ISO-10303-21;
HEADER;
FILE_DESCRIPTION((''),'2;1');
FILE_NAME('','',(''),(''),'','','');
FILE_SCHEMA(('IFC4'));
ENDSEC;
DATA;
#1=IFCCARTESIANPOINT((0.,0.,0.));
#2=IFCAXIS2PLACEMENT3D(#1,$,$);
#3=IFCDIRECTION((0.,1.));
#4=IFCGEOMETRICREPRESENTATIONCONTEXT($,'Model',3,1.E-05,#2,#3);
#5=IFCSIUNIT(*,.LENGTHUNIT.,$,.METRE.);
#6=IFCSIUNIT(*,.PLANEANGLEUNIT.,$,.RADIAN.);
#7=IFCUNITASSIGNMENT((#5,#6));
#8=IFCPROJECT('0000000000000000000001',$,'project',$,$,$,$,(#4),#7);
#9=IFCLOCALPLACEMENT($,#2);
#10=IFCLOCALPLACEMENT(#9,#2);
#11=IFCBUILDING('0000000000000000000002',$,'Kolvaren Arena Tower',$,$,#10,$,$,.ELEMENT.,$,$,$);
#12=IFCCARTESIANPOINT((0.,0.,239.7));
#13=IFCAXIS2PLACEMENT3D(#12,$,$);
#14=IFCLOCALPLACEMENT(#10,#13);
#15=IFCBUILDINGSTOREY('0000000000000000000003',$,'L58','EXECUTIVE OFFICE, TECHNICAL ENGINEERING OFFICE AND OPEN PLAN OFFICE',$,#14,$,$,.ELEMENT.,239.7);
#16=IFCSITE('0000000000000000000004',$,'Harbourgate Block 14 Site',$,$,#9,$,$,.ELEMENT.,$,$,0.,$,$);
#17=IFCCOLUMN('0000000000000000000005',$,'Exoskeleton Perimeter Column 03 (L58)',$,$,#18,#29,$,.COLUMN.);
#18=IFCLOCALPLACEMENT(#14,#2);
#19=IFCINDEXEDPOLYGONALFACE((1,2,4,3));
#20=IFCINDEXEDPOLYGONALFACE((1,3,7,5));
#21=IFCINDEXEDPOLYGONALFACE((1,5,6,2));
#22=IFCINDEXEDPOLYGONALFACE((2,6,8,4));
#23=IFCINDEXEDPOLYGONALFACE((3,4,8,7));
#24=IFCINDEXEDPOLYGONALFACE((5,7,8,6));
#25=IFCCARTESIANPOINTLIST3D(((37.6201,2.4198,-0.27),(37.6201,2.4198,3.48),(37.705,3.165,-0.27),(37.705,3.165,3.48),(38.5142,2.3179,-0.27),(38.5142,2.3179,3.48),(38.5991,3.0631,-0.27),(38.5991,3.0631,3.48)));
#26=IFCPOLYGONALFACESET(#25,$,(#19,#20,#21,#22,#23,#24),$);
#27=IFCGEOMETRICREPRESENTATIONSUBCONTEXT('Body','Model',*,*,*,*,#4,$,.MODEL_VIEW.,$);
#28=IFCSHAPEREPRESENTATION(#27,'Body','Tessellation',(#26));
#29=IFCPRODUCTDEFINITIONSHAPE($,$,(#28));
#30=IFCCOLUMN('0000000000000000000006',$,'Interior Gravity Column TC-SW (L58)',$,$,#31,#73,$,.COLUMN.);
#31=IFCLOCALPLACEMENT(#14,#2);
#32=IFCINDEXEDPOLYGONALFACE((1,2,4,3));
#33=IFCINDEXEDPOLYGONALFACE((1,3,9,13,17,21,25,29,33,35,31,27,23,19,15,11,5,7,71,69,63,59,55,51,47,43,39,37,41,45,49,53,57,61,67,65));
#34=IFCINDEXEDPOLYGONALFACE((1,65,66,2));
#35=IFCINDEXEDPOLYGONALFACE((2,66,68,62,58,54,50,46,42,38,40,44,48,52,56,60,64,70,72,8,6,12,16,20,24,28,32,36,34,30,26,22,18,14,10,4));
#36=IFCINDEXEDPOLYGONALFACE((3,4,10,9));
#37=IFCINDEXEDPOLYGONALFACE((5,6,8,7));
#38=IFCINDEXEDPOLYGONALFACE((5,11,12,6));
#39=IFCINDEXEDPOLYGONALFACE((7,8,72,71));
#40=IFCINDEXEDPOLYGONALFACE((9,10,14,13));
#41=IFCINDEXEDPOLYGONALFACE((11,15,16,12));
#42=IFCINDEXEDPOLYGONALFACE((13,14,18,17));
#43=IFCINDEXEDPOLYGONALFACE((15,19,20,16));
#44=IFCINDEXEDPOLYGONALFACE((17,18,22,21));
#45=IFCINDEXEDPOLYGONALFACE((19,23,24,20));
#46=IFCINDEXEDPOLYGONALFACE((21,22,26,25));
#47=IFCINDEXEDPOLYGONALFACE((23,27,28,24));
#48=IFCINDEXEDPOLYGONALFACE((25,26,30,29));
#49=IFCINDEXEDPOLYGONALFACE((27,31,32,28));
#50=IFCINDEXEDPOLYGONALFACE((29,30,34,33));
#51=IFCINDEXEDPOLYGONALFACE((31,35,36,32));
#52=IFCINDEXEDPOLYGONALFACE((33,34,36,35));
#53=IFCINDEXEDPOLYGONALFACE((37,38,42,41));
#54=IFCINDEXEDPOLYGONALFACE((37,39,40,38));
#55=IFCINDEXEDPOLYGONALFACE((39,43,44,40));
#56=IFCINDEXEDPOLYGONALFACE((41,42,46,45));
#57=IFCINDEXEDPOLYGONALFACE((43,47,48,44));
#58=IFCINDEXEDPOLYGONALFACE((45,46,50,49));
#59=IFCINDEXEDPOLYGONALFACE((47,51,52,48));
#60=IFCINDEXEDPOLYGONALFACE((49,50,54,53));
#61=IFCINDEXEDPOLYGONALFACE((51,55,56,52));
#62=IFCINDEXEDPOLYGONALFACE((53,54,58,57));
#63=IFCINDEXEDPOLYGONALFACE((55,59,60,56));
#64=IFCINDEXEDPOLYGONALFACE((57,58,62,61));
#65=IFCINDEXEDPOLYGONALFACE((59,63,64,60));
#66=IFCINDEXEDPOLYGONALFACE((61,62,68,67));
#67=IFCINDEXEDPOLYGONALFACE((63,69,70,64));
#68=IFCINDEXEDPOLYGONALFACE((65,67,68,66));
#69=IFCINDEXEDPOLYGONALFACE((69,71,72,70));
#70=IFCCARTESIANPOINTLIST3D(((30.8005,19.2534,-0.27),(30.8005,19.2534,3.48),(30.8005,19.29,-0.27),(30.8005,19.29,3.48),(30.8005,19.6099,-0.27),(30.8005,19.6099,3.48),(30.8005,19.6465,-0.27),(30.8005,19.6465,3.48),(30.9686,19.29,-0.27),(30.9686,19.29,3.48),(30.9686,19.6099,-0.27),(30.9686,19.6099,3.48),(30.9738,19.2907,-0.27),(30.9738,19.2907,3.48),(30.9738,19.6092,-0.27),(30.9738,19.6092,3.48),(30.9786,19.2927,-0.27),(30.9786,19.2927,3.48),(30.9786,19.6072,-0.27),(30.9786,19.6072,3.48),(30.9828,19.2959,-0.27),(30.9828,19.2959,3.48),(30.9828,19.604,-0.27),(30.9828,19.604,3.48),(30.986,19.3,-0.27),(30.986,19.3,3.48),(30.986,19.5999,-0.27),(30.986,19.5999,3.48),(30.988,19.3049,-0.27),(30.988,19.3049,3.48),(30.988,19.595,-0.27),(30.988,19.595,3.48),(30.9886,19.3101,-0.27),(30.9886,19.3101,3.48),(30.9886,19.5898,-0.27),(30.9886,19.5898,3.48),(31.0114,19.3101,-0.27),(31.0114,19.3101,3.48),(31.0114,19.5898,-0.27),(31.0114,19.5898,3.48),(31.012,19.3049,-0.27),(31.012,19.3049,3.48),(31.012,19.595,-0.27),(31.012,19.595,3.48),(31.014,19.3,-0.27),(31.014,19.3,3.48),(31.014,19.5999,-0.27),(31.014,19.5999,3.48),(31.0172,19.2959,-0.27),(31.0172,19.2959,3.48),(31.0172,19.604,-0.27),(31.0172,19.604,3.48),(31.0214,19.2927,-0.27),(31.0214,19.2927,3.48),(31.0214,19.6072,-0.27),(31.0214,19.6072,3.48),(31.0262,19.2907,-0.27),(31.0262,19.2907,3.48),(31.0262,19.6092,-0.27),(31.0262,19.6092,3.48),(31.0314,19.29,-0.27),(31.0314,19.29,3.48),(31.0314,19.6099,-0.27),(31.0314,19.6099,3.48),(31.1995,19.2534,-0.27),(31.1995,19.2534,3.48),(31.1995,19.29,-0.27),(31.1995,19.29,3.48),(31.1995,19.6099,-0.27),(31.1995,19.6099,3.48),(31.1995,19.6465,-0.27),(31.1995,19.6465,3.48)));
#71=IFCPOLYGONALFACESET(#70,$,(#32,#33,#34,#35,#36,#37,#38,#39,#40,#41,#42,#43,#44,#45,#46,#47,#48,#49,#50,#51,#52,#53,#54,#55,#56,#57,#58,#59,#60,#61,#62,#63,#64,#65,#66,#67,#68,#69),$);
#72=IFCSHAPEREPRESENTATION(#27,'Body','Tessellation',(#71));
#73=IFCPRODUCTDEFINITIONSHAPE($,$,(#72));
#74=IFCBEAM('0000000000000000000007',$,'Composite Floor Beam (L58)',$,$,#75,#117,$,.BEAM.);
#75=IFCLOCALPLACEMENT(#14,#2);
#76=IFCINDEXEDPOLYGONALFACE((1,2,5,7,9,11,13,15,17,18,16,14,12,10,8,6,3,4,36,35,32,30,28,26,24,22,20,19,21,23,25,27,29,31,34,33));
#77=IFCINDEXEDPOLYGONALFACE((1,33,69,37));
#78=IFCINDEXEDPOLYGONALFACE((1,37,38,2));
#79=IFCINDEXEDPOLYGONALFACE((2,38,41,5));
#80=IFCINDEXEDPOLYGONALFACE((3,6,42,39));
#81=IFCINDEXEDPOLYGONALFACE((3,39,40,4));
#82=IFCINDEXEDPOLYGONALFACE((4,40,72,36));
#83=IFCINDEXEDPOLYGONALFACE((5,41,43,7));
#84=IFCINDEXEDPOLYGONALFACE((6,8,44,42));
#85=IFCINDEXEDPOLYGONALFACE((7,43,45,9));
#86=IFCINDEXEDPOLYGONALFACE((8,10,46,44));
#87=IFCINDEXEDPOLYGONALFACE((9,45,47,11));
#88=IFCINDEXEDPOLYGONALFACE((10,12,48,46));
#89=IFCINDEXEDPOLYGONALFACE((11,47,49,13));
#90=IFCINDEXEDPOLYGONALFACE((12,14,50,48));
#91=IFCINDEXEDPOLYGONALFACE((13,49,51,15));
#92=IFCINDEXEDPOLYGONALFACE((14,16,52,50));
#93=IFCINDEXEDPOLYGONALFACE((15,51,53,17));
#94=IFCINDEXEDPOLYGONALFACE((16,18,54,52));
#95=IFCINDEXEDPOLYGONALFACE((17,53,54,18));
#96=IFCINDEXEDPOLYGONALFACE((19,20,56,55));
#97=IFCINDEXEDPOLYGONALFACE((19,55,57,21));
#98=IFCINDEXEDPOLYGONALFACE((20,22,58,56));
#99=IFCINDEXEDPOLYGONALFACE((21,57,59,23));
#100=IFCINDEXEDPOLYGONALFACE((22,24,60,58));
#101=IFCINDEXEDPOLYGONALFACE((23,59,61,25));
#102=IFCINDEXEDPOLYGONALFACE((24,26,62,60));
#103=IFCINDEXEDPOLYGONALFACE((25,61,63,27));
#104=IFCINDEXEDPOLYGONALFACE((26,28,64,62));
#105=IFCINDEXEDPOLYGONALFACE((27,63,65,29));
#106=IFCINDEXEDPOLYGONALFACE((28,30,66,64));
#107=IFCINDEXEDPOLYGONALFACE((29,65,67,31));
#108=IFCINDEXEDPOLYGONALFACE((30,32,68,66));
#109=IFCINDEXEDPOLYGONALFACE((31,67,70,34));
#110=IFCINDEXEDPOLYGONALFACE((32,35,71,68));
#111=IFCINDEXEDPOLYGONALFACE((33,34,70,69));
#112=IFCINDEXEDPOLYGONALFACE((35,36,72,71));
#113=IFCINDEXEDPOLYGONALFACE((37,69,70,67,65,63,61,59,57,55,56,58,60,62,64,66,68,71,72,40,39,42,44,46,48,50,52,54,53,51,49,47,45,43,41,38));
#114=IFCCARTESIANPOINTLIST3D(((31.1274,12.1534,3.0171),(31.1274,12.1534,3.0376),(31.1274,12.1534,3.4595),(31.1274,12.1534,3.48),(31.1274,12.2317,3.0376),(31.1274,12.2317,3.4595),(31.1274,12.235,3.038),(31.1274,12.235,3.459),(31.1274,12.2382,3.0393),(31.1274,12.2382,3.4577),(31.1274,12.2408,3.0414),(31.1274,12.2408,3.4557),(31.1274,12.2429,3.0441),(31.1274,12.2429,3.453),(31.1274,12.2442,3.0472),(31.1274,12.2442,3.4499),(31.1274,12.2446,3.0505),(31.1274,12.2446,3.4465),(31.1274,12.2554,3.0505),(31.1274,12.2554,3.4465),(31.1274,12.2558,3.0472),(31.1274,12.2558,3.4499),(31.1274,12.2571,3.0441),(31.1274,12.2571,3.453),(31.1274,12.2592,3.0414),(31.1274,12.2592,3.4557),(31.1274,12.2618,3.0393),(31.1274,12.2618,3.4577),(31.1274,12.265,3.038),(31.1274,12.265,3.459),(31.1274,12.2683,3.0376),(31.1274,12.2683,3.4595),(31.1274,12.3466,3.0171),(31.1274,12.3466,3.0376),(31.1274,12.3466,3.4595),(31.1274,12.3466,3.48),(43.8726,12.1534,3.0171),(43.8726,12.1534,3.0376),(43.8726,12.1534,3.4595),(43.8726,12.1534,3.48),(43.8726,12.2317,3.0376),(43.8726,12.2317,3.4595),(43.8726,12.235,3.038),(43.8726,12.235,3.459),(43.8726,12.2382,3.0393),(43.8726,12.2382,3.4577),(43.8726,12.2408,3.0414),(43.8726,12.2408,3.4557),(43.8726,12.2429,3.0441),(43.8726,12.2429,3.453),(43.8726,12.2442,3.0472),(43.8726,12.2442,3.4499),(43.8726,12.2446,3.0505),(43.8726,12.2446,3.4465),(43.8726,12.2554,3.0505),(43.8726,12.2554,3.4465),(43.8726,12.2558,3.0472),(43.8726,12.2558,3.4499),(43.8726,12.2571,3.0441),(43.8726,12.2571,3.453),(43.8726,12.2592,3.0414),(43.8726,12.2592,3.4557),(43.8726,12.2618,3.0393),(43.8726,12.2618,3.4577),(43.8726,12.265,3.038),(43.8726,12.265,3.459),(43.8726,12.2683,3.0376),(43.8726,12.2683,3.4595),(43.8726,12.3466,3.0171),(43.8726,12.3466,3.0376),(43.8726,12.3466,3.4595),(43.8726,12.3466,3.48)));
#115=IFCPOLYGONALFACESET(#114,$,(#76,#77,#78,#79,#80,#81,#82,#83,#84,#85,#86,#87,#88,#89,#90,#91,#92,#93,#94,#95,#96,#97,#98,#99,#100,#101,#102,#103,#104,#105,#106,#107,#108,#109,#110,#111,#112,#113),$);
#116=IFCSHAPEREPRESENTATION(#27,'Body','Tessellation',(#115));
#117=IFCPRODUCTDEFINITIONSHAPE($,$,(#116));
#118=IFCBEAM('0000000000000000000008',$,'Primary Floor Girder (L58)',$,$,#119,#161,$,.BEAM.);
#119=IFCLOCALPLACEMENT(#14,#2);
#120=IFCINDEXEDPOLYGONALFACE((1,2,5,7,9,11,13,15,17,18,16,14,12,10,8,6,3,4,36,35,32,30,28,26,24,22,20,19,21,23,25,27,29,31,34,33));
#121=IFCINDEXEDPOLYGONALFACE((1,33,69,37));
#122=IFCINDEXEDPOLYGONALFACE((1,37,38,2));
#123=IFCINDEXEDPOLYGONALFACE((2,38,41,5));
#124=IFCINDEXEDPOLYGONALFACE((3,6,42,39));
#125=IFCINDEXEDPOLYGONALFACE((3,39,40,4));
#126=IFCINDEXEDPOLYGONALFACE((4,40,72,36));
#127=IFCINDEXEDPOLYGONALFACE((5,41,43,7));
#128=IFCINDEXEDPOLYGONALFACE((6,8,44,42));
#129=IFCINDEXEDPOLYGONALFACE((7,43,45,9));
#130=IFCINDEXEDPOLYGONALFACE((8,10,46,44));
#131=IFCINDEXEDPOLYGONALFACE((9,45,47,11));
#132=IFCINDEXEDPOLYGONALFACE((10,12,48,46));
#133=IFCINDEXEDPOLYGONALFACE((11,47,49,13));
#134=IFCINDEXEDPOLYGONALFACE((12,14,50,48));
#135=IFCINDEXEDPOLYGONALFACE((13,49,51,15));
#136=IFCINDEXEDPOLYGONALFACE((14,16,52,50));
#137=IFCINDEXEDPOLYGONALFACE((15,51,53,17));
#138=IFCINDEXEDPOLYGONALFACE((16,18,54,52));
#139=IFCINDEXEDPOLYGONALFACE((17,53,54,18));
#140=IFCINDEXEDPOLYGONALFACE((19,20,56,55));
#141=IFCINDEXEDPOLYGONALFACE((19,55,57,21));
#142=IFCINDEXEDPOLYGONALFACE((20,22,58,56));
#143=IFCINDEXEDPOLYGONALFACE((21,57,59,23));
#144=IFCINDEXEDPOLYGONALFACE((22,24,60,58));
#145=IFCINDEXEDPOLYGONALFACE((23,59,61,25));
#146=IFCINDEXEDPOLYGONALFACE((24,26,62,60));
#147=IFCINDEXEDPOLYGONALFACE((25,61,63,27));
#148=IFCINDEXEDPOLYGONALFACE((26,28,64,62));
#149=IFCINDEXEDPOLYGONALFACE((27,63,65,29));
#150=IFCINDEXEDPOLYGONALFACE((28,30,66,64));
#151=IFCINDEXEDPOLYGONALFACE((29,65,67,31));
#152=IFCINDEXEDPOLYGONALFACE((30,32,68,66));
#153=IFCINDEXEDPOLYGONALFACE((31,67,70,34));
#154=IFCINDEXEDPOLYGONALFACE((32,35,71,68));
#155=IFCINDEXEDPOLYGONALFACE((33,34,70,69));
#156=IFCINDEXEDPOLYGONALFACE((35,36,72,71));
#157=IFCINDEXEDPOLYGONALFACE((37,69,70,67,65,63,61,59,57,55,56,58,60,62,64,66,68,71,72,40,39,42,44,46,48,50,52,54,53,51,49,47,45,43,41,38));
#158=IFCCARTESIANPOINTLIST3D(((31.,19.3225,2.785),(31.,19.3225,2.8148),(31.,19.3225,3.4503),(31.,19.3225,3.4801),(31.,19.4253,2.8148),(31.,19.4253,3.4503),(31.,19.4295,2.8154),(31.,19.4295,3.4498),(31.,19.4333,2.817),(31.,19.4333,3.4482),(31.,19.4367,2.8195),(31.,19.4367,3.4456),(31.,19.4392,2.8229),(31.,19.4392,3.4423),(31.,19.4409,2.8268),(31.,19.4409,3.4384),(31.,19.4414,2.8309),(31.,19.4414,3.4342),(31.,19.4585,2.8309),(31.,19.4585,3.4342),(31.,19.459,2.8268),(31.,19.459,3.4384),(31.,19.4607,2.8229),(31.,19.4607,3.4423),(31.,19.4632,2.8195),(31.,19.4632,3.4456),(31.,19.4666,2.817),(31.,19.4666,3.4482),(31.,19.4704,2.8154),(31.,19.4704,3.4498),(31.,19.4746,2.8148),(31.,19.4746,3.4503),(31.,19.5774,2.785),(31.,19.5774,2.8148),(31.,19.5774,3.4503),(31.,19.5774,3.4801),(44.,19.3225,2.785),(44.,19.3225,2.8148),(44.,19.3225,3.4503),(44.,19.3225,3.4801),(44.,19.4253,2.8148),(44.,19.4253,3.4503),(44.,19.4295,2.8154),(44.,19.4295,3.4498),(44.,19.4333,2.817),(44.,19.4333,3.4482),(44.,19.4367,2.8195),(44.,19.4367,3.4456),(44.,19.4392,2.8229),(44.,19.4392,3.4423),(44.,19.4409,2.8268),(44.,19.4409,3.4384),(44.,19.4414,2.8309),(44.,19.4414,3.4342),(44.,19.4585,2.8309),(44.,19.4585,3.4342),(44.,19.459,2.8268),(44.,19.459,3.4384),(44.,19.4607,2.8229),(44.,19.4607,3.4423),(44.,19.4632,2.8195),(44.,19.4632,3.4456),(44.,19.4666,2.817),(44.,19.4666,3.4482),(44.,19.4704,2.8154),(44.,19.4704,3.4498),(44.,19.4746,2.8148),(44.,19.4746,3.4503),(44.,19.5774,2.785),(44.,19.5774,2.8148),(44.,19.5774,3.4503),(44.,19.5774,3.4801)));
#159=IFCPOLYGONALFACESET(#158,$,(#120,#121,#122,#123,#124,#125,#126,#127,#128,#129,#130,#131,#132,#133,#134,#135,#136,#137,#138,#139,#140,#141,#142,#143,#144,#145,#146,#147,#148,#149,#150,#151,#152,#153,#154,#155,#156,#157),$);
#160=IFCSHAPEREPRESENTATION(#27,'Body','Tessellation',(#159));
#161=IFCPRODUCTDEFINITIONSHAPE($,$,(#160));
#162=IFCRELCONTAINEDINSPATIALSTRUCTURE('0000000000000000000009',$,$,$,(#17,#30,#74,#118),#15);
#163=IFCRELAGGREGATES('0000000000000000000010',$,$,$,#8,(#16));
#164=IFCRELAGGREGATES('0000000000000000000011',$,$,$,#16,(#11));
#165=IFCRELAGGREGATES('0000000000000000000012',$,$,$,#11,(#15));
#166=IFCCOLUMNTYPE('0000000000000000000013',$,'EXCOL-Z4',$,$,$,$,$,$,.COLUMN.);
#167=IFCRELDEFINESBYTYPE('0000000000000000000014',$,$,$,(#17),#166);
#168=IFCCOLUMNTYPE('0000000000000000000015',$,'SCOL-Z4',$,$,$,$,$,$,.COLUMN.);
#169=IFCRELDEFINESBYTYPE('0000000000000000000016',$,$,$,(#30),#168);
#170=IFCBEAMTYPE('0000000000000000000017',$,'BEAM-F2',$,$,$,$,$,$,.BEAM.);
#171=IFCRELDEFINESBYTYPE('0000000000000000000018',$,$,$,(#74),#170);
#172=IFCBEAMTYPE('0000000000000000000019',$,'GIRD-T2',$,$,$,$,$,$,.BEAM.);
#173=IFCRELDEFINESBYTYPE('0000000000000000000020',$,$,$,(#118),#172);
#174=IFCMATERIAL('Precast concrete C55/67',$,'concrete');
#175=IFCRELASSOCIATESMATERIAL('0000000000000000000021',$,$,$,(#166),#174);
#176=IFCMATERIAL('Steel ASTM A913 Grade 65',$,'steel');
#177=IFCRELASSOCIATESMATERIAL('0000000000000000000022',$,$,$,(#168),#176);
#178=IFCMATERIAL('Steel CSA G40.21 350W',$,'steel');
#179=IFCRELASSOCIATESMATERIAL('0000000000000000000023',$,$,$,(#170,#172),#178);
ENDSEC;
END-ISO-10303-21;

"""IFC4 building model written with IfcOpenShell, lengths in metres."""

from ifc_helpers import new_model, si_unit, direction, frame, origin, origin_2d, place, context, subcontext, project, spatial, rectangle, i_section, extrude, material, material_profile, profile_set, type_object, element, save


model = new_model("IFC4")

# Units and contexts
model_context = context("Model", 3, precision=1e-05, world=origin(), true_north=direction((0.0, 1.0)))
body_context = subcontext(model_context, "Body", "Model", "MODEL_VIEW")
ifc_project = project(units=[si_unit("LENGTHUNIT", "METRE"), si_unit("PLANEANGLEUNIT", "RADIAN")], contexts=[model_context])

# Site, building, storey
site_placement = place(None, origin())
site = spatial("IfcSite", under=ifc_project, at=site_placement, Name="Harbourgate Block 14 Site", CompositionType="ELEMENT", RefElevation=0.0)
building_placement = place(site_placement, origin())
building = spatial("IfcBuilding", under=site, at=building_placement, Name="Kolvaren Arena Tower", CompositionType="ELEMENT")
storey_placement = place(building_placement, frame((0.0, 0.0, 239.7)))
storey = spatial("IfcBuildingStorey", under=building, at=storey_placement, Name="L58", Description="EXECUTIVE OFFICE, TECHNICAL ENGINEERING OFFICE AND OPEN PLAN OFFICE", CompositionType="ELEMENT", Elevation=239.7)

# Columns
ifc_material_1 = material(Name="Precast concrete C55/67", Category="concrete")
ifc_material_profile_1 = material_profile(ifc_material_1, rectangle(XDim=0.8999, YDim=0.75, at=origin_2d()), Name="RC-900x750")
ifc_profile_set_1 = profile_set([ifc_material_profile_1], Name="Precast concrete C55/67")
column_type_1 = type_object("IfcColumnType", Name="EXCOL-Z4", PredefinedType="COLUMN", material=ifc_profile_set_1)
column_1_placement = place(storey_placement, frame((38.1096, 2.7415, -0.27), z_axis=(0.0, 0.0, 1.0), x_axis=(0.993572, -0.113203, 0.0)))
element("IfcColumn", 1, at=column_1_placement, inside=storey, type_object=column_type_1, Name="Exoskeleton Perimeter Column 03 (L58)", PredefinedType="COLUMN", context=body_context, shape_type="SweptSolid", body=[
    extrude(rectangle(XDim=0.8999, YDim=0.75, at=origin_2d()), origin(), (0.0, 0.0, 1.0), 3.75),
])
ifc_material_2 = material(Name="Steel ASTM A913 Grade 65", Category="steel")
ifc_material_profile_2 = material_profile(ifc_material_2, i_section(OverallWidth=0.3989, OverallDepth=0.3931, WebThickness=0.0227, FlangeThickness=0.0366, FilletRadius=0.02, at=origin_2d()), Name="W360x287")
ifc_profile_set_2 = profile_set([ifc_material_profile_2], Name="Steel ASTM A913 Grade 65")
column_type_2 = type_object("IfcColumnType", Name="SCOL-Z4", PredefinedType="COLUMN", material=ifc_profile_set_2)
column_2_placement = place(storey_placement, frame((31.0, 19.45, -0.27), z_axis=(0.0, 0.0, 1.0), x_axis=(1.0, 0.0, 0.0)))
element("IfcColumn", 2, at=column_2_placement, inside=storey, type_object=column_type_2, Name="Interior Gravity Column TC-SW (L58)", PredefinedType="COLUMN", context=body_context, shape_type="SweptSolid", body=[
    extrude(i_section(OverallWidth=0.3989, OverallDepth=0.3931, WebThickness=0.0227, FlangeThickness=0.0366, FilletRadius=0.02, at=origin_2d()), origin(), (0.0, 0.0, 1.0), 3.75),
])

# Beams
ifc_material_3 = material(Name="Steel CSA G40.21 350W", Category="steel")
ifc_material_profile_3 = material_profile(ifc_material_3, i_section(OverallWidth=0.1931, OverallDepth=0.4629, WebThickness=0.0107, FlangeThickness=0.0205, FilletRadius=0.0129, at=origin_2d()), Name="W460x113")
ifc_profile_set_3 = profile_set([ifc_material_profile_3], Name="Steel CSA G40.21 350W")
beam_type_1 = type_object("IfcBeamType", Name="BEAM-F2", PredefinedType="BEAM", material=ifc_profile_set_3)
beam_1_placement = place(storey_placement, frame((31.1274, 12.25, 3.2485), z_axis=(1.0, 0.0, 0.0), x_axis=(0.0, 1.0, 0.0)))
element("IfcBeam", 3, at=beam_1_placement, inside=storey, type_object=beam_type_1, Name="Composite Floor Beam (L58)", PredefinedType="BEAM", context=body_context, shape_type="SweptSolid", body=[
    extrude(i_section(OverallWidth=0.1931, OverallDepth=0.4629, WebThickness=0.0107, FlangeThickness=0.0205, FilletRadius=0.0129, at=origin_2d()), origin(), (0.0, 0.0, 1.0), 12.7451),
])
ifc_material_profile_4 = material_profile(ifc_material_3, i_section(OverallWidth=0.2549, OverallDepth=0.6951, WebThickness=0.0171, FlangeThickness=0.0298, FilletRadius=0.0161, at=origin_2d()), Name="W690x217")
ifc_profile_set_4 = profile_set([ifc_material_profile_4], Name="Steel CSA G40.21 350W")
beam_type_2 = type_object("IfcBeamType", Name="GIRD-T2", PredefinedType="BEAM", material=ifc_profile_set_4)
beam_2_placement = place(storey_placement, frame((31.0, 19.45, 3.1326), z_axis=(1.0, 0.0, 0.0), x_axis=(0.0, 1.0, 0.0)))
element("IfcBeam", 4, at=beam_2_placement, inside=storey, type_object=beam_type_2, Name="Primary Floor Girder (L58)", PredefinedType="BEAM", context=body_context, shape_type="SweptSolid", body=[
    extrude(i_section(OverallWidth=0.2549, OverallDepth=0.6951, WebThickness=0.0171, FlangeThickness=0.0298, FilletRadius=0.0161, at=origin_2d()), origin(), (0.0, 0.0, 1.0), 13.0),
])

save(model, "model.ifc")
